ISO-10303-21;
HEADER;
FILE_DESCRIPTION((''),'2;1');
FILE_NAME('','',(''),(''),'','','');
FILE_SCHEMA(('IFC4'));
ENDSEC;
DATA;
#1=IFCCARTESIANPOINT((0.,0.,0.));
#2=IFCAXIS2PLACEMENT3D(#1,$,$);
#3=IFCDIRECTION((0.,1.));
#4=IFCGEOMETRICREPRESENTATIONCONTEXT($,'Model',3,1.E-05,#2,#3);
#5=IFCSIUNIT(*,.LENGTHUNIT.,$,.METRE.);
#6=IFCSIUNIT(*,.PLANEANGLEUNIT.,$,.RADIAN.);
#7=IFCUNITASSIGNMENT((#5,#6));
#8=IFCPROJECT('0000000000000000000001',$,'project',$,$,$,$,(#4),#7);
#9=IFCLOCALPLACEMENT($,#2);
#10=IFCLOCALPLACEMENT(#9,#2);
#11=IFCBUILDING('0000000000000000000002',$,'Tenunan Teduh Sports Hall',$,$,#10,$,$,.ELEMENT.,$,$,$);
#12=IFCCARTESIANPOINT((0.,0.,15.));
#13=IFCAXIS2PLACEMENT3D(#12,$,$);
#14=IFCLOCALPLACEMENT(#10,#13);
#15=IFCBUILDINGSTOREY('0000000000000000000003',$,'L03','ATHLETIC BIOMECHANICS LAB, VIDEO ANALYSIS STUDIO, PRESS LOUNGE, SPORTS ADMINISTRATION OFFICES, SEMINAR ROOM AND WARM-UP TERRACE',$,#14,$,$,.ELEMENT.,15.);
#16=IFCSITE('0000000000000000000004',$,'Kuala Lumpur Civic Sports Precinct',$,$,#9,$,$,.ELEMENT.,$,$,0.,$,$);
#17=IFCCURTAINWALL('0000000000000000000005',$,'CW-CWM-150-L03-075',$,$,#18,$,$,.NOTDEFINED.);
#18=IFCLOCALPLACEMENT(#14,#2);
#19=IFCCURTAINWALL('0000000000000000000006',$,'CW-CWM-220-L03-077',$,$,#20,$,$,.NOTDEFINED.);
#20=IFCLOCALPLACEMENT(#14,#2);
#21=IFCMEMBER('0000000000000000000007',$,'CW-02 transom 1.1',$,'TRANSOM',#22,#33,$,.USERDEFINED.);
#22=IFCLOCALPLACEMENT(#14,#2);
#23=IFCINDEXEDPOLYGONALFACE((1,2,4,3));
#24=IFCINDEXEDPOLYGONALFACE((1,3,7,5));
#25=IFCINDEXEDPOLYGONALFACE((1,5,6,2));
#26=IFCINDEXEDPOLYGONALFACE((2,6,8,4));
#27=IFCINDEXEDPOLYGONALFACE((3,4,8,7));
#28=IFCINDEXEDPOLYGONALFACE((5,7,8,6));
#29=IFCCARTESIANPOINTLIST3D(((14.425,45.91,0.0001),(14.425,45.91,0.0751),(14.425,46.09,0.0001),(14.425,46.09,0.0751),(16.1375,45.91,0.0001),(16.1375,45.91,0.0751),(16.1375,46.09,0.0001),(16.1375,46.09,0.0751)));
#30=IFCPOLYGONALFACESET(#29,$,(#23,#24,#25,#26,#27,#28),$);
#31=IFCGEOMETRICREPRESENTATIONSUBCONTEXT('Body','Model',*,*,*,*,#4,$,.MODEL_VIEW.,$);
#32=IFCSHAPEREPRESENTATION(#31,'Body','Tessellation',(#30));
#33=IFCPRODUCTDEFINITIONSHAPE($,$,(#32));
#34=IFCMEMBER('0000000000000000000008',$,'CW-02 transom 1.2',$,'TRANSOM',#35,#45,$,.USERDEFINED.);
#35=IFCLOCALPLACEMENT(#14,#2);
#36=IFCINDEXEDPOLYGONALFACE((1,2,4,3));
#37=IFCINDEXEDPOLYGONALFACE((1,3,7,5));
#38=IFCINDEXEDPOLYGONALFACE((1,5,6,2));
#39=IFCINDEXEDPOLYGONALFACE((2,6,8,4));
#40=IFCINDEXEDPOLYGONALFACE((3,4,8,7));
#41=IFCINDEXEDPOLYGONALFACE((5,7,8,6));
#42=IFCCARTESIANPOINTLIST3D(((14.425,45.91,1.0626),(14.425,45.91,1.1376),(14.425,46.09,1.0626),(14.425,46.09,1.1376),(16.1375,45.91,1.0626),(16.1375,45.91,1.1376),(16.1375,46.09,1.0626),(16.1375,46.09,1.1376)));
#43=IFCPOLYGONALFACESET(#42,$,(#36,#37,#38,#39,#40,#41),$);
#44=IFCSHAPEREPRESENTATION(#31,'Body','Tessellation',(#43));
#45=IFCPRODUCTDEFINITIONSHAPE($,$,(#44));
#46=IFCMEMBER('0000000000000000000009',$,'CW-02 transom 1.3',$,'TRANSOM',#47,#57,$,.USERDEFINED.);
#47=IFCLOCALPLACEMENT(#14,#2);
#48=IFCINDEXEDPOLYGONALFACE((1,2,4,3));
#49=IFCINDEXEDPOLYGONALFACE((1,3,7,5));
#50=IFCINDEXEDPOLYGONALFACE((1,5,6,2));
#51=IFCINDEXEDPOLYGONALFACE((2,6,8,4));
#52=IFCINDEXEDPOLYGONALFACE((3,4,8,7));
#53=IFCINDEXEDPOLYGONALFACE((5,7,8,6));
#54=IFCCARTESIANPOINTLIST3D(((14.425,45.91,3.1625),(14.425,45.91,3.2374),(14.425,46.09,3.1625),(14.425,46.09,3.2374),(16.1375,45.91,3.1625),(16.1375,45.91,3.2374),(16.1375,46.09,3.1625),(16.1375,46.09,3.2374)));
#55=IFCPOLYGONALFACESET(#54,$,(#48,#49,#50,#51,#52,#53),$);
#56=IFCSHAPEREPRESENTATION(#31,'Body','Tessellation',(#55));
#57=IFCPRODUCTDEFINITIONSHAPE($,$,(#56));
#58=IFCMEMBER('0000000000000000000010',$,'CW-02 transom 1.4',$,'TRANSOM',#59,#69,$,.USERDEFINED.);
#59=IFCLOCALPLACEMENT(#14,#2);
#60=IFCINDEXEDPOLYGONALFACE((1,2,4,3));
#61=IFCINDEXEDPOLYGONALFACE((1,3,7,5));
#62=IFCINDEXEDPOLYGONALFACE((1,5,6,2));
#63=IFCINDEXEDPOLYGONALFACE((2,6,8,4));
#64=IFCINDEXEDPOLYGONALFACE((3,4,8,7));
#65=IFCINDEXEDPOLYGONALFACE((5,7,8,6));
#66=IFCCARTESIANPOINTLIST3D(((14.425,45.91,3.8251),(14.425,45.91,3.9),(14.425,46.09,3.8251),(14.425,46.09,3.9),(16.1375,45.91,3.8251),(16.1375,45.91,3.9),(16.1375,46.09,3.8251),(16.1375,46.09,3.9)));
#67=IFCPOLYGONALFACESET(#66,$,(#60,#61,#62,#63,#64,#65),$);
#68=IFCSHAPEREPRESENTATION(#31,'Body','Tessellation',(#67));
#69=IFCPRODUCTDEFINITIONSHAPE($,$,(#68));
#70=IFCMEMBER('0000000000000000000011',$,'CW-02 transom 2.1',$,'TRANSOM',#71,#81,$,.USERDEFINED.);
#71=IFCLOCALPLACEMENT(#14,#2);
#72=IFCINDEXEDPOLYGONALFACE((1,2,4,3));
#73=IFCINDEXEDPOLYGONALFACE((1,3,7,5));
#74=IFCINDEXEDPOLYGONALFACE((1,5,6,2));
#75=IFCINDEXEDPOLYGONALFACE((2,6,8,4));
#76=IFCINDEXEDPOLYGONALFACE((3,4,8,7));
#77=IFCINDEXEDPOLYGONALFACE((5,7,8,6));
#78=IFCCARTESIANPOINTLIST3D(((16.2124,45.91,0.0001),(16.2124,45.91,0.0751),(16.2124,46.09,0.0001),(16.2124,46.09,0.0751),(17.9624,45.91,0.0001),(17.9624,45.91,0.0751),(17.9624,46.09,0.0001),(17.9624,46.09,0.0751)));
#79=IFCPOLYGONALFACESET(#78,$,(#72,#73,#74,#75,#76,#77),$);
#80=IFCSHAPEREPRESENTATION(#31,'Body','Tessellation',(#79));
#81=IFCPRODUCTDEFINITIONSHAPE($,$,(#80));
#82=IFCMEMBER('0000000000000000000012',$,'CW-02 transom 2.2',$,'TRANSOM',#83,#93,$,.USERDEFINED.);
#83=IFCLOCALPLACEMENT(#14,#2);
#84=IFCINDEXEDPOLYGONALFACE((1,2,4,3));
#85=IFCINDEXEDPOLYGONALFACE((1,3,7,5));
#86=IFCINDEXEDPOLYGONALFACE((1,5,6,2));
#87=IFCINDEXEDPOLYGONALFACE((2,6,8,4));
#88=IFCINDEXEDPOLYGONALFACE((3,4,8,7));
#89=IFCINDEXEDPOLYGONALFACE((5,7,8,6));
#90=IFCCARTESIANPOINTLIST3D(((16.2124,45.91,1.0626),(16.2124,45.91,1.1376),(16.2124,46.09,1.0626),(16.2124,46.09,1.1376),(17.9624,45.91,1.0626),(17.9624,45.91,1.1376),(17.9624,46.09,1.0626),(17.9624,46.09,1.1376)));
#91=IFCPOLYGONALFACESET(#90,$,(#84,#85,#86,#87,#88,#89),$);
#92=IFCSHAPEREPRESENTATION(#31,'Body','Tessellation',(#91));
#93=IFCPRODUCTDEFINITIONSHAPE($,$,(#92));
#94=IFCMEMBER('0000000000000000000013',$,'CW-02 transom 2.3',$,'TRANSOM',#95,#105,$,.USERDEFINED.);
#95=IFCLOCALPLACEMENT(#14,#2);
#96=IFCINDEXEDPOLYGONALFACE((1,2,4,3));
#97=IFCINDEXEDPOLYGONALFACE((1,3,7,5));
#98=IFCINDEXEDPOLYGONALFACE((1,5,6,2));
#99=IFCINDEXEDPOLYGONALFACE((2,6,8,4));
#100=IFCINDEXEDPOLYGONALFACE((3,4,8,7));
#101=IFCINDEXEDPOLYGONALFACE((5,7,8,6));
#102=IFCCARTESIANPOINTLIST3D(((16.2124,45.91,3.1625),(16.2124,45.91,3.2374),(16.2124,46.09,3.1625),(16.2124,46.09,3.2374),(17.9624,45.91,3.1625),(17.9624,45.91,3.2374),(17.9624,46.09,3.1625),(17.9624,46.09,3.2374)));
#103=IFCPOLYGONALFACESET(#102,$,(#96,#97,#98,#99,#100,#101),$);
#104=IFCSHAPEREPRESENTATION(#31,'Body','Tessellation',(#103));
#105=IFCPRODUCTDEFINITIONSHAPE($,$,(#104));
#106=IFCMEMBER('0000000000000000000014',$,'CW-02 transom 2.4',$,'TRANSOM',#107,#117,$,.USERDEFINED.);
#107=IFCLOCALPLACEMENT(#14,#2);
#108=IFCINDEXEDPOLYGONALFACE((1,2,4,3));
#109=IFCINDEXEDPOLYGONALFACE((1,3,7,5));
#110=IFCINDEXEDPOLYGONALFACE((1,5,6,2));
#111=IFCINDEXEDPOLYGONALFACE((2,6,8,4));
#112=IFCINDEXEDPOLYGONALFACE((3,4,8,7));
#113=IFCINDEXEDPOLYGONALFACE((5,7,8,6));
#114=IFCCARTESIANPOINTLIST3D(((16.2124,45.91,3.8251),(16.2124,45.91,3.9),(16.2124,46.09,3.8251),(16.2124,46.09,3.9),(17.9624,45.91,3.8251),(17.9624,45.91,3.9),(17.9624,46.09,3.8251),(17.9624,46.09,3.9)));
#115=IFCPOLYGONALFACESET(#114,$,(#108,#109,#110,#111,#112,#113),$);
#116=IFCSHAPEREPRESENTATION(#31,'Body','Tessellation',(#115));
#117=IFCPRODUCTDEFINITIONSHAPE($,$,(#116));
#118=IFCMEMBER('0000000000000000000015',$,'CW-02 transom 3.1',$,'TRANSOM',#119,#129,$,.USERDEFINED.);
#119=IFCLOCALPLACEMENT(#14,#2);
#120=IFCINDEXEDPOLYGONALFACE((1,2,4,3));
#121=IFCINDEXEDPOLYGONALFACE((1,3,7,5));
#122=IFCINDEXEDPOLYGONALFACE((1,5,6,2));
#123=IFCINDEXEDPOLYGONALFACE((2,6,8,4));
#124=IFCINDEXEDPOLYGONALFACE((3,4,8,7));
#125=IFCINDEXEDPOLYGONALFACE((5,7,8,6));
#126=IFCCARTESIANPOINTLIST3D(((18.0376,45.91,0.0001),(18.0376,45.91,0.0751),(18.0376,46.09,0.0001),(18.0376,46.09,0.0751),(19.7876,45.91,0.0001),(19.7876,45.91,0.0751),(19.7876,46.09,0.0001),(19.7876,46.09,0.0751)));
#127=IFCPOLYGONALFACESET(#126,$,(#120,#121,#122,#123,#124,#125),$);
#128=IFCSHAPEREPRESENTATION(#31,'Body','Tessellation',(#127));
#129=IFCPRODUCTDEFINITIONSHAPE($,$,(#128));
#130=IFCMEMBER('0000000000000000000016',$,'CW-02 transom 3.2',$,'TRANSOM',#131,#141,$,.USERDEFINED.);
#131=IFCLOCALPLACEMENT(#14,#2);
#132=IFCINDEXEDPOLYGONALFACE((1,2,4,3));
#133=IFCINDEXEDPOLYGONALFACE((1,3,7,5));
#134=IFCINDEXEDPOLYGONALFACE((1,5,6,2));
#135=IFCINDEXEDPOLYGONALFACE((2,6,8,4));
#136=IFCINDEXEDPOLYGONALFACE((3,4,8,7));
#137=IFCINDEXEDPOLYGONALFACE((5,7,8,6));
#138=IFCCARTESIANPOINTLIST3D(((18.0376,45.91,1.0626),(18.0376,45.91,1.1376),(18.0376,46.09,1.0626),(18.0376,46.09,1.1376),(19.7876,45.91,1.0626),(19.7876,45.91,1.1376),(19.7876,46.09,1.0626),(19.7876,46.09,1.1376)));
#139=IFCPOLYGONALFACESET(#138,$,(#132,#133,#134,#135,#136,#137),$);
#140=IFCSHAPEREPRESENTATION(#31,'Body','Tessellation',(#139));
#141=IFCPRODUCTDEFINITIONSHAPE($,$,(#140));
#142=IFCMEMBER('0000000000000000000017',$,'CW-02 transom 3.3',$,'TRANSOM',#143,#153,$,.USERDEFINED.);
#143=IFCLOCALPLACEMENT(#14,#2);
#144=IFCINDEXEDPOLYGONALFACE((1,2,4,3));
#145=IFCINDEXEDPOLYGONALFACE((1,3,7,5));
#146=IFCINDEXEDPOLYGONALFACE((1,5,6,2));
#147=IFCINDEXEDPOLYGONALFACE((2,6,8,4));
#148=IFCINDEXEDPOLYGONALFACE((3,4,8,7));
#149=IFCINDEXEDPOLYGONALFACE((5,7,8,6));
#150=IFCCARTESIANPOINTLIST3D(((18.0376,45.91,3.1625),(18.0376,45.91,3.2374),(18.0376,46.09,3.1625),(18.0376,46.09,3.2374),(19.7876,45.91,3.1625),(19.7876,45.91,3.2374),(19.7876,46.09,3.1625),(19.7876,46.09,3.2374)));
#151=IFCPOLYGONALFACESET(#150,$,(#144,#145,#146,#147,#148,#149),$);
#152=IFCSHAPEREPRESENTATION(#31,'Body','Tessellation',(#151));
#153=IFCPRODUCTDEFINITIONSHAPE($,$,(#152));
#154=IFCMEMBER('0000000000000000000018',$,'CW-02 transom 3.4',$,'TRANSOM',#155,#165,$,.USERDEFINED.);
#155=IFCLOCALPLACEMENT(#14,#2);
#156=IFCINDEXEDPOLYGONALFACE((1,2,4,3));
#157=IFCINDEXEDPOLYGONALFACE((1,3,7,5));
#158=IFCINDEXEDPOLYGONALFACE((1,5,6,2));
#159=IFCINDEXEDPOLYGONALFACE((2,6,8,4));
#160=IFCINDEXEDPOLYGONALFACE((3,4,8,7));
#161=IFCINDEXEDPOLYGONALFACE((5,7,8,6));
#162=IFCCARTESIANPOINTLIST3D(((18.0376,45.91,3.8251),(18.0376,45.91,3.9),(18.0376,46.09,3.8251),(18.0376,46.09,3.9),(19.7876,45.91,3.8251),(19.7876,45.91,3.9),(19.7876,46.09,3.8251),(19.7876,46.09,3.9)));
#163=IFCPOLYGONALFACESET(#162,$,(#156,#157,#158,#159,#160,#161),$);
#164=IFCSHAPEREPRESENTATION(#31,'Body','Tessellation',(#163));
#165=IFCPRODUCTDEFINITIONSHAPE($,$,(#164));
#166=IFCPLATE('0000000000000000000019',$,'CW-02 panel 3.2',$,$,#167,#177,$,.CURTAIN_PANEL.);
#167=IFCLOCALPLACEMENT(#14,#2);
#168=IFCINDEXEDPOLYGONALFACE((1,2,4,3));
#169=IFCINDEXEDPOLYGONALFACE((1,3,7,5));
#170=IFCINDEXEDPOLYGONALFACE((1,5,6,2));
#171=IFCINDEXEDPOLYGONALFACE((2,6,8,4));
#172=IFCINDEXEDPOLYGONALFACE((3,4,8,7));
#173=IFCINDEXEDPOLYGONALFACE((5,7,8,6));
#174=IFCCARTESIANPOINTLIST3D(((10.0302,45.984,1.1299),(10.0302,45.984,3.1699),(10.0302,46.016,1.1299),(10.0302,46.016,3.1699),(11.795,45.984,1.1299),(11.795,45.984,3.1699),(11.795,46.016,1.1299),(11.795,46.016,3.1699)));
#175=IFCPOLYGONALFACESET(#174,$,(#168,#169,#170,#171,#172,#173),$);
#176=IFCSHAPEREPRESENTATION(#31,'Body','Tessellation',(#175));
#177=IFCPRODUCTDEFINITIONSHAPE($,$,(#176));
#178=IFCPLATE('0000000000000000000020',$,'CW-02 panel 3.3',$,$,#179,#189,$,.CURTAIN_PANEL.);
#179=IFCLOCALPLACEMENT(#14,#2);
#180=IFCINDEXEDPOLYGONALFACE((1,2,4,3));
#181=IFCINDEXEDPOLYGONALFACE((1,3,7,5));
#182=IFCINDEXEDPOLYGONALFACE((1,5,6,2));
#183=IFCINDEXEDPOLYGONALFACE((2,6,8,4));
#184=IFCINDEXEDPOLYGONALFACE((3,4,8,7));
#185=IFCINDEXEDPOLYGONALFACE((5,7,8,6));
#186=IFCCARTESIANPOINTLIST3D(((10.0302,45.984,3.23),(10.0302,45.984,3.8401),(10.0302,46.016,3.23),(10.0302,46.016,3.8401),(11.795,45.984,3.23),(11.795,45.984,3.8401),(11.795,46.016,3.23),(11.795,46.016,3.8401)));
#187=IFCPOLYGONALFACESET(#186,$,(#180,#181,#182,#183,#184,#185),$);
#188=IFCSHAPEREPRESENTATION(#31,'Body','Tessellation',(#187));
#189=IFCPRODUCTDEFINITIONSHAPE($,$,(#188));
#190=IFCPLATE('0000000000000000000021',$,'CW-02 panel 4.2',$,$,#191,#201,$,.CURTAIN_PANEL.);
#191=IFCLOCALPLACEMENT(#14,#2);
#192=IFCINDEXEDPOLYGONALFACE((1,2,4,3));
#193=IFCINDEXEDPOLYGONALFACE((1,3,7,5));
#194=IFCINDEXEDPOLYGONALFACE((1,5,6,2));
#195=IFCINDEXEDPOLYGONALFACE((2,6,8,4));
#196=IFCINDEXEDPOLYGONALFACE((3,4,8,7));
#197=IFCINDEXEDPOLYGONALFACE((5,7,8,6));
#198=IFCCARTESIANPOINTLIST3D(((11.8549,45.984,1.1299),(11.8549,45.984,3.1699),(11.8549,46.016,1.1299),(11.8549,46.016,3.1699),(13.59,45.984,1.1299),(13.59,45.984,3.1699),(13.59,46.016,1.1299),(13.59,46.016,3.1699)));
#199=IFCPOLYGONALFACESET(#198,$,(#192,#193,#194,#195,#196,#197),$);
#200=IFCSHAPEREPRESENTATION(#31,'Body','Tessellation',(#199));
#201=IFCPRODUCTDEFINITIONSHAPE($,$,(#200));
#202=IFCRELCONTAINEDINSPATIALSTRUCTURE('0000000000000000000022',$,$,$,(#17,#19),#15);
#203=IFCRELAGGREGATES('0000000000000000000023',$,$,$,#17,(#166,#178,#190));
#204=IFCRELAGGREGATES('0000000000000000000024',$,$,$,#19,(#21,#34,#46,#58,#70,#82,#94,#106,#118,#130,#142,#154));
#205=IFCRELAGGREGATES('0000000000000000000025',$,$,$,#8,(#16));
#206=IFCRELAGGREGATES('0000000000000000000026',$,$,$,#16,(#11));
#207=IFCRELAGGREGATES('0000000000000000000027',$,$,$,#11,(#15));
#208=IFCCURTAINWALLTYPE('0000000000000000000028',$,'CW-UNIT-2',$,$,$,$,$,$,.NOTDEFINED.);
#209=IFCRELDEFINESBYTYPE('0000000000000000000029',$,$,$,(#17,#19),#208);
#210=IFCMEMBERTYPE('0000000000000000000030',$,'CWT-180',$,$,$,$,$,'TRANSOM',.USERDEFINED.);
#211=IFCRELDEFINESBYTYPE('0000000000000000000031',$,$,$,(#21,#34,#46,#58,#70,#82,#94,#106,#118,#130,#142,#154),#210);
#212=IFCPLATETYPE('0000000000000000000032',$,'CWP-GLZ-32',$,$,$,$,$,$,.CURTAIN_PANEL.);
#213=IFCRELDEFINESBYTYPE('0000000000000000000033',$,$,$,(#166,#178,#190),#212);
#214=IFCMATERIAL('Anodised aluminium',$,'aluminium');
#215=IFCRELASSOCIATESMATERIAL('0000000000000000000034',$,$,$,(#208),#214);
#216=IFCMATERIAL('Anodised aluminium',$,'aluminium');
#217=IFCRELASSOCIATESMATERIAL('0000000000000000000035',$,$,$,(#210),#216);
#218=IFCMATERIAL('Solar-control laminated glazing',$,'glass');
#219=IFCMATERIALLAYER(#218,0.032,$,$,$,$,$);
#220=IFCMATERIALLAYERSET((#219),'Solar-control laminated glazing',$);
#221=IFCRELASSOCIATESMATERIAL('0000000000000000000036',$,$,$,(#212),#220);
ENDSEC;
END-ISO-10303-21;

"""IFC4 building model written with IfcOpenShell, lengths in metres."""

from ifc_helpers import new_model, si_unit, direction, frame, origin, origin_2d, place, context, subcontext, project, spatial, rectangle, extrude, material, layer, layer_set, material_profile, profile_set, type_object, element, aggregate, save


model = new_model("IFC4")

# Units and contexts
model_context = context("Model", 3, precision=1e-05, world=origin(), true_north=direction((0.0, 1.0)))
body_context = subcontext(model_context, "Body", "Model", "MODEL_VIEW")
ifc_project = project(units=[si_unit("LENGTHUNIT", "METRE"), si_unit("PLANEANGLEUNIT", "RADIAN")], contexts=[model_context])

# Site, building, storey
site_placement = place(None, origin())
site = spatial("IfcSite", under=ifc_project, at=site_placement, Name="Kuala Lumpur Civic Sports Precinct", CompositionType="ELEMENT", RefElevation=0.0)
building_placement = place(site_placement, origin())
building = spatial("IfcBuilding", under=site, at=building_placement, Name="Tenunan Teduh Sports Hall", CompositionType="ELEMENT")
storey_placement = place(building_placement, frame((0.0, 0.0, 15.0)))
storey = spatial("IfcBuildingStorey", under=building, at=storey_placement, Name="L03", Description="ATHLETIC BIOMECHANICS LAB, VIDEO ANALYSIS STUDIO, PRESS LOUNGE, SPORTS ADMINISTRATION OFFICES, SEMINAR ROOM AND WARM-UP TERRACE", CompositionType="ELEMENT", Elevation=15.0)

# Curtain walls
ifc_material_1 = material(Name="Anodised aluminium", Category="aluminium")
curtain_wall_type = type_object("IfcCurtainWallType", Name="CW-UNIT-2", PredefinedType="NOTDEFINED", material=ifc_material_1)
curtain_wall_1_placement = place(storey_placement, origin())
curtain_wall_1 = element("IfcCurtainWall", 1, at=curtain_wall_1_placement, inside=storey, type_object=curtain_wall_type, Name="CW-CWM-150-L03-075", PredefinedType="NOTDEFINED")
curtain_wall_2_placement = place(storey_placement, origin())
curtain_wall_2 = element("IfcCurtainWall", 2, at=curtain_wall_2_placement, inside=storey, type_object=curtain_wall_type, Name="CW-CWM-220-L03-077", PredefinedType="NOTDEFINED")

# Members
ifc_material_2 = material(Name="Anodised aluminium", Category="aluminium")
ifc_material_profile_1 = material_profile(ifc_material_2, rectangle(XDim=0.075, YDim=0.1799, at=origin_2d()), Name="CWT 75x180")
ifc_profile_set_1 = profile_set([ifc_material_profile_1], Name="Anodised aluminium")
member_type_1 = type_object("IfcMemberType", Name="CWT-180", ElementType="TRANSOM", PredefinedType="USERDEFINED", material=ifc_profile_set_1)
member_1_placement = place(storey_placement, frame((14.425, 46.0, 0.0376), z_axis=(1.0, 0.0, 0.0), x_axis=(0.0, 0.0, 1.0)))
member_1 = element("IfcMember", 3, at=member_1_placement, type_object=member_type_1, Name="CW-02 transom 1.1", ObjectType="TRANSOM", PredefinedType="USERDEFINED", context=body_context, shape_type="SweptSolid", body=[
    extrude(rectangle(XDim=0.075, YDim=0.1799, at=origin_2d()), origin(), (0.0, 0.0, 1.0), 1.7124),
])
member_2_placement = place(storey_placement, frame((14.425, 46.0, 1.1001), z_axis=(1.0, 0.0, 0.0), x_axis=(0.0, 0.0, 1.0)))
member_2 = element("IfcMember", 4, at=member_2_placement, type_object=member_type_1, Name="CW-02 transom 1.2", ObjectType="TRANSOM", PredefinedType="USERDEFINED", context=body_context, shape_type="SweptSolid", body=[
    extrude(rectangle(XDim=0.075, YDim=0.1799, at=origin_2d()), origin(), (0.0, 0.0, 1.0), 1.7124),
])
member_3_placement = place(storey_placement, frame((14.425, 46.0, 3.2), z_axis=(1.0, 0.0, 0.0), x_axis=(0.0, 0.0, 1.0)))
member_3 = element("IfcMember", 5, at=member_3_placement, type_object=member_type_1, Name="CW-02 transom 1.3", ObjectType="TRANSOM", PredefinedType="USERDEFINED", context=body_context, shape_type="SweptSolid", body=[
    extrude(rectangle(XDim=0.075, YDim=0.1799, at=origin_2d()), origin(), (0.0, 0.0, 1.0), 1.7124),
])
member_4_placement = place(storey_placement, frame((14.425, 46.0, 3.8625), z_axis=(1.0, 0.0, 0.0), x_axis=(0.0, 0.0, 1.0)))
member_4 = element("IfcMember", 6, at=member_4_placement, type_object=member_type_1, Name="CW-02 transom 1.4", ObjectType="TRANSOM", PredefinedType="USERDEFINED", context=body_context, shape_type="SweptSolid", body=[
    extrude(rectangle(XDim=0.075, YDim=0.1799, at=origin_2d()), origin(), (0.0, 0.0, 1.0), 1.7124),
])
member_5_placement = place(storey_placement, frame((16.2124, 46.0, 0.0376), z_axis=(1.0, 0.0, 0.0), x_axis=(0.0, 0.0, 1.0)))
member_5 = element("IfcMember", 7, at=member_5_placement, type_object=member_type_1, Name="CW-02 transom 2.1", ObjectType="TRANSOM", PredefinedType="USERDEFINED", context=body_context, shape_type="SweptSolid", body=[
    extrude(rectangle(XDim=0.075, YDim=0.1799, at=origin_2d()), origin(), (0.0, 0.0, 1.0), 1.75),
])
member_6_placement = place(storey_placement, frame((16.2124, 46.0, 1.1001), z_axis=(1.0, 0.0, 0.0), x_axis=(0.0, 0.0, 1.0)))
member_6 = element("IfcMember", 8, at=member_6_placement, type_object=member_type_1, Name="CW-02 transom 2.2", ObjectType="TRANSOM", PredefinedType="USERDEFINED", context=body_context, shape_type="SweptSolid", body=[
    extrude(rectangle(XDim=0.075, YDim=0.1799, at=origin_2d()), origin(), (0.0, 0.0, 1.0), 1.75),
])
member_7_placement = place(storey_placement, frame((16.2124, 46.0, 3.2), z_axis=(1.0, 0.0, 0.0), x_axis=(0.0, 0.0, 1.0)))
member_7 = element("IfcMember", 9, at=member_7_placement, type_object=member_type_1, Name="CW-02 transom 2.3", ObjectType="TRANSOM", PredefinedType="USERDEFINED", context=body_context, shape_type="SweptSolid", body=[
    extrude(rectangle(XDim=0.075, YDim=0.1799, at=origin_2d()), origin(), (0.0, 0.0, 1.0), 1.75),
])
member_8_placement = place(storey_placement, frame((16.2124, 46.0, 3.8625), z_axis=(1.0, 0.0, 0.0), x_axis=(0.0, 0.0, 1.0)))
member_8 = element("IfcMember", 10, at=member_8_placement, type_object=member_type_1, Name="CW-02 transom 2.4", ObjectType="TRANSOM", PredefinedType="USERDEFINED", context=body_context, shape_type="SweptSolid", body=[
    extrude(rectangle(XDim=0.075, YDim=0.1799, at=origin_2d()), origin(), (0.0, 0.0, 1.0), 1.75),
])
member_9_placement = place(storey_placement, frame((18.0376, 46.0, 0.0376), z_axis=(1.0, 0.0, 0.0), x_axis=(0.0, 0.0, 1.0)))
member_9 = element("IfcMember", 11, at=member_9_placement, type_object=member_type_1, Name="CW-02 transom 3.1", ObjectType="TRANSOM", PredefinedType="USERDEFINED", context=body_context, shape_type="SweptSolid", body=[
    extrude(rectangle(XDim=0.075, YDim=0.1799, at=origin_2d()), origin(), (0.0, 0.0, 1.0), 1.75),
])
member_10_placement = place(storey_placement, frame((18.0376, 46.0, 1.1001), z_axis=(1.0, 0.0, 0.0), x_axis=(0.0, 0.0, 1.0)))
member_10 = element("IfcMember", 12, at=member_10_placement, type_object=member_type_1, Name="CW-02 transom 3.2", ObjectType="TRANSOM", PredefinedType="USERDEFINED", context=body_context, shape_type="SweptSolid", body=[
    extrude(rectangle(XDim=0.075, YDim=0.1799, at=origin_2d()), origin(), (0.0, 0.0, 1.0), 1.75),
])
member_11_placement = place(storey_placement, frame((18.0376, 46.0, 3.2), z_axis=(1.0, 0.0, 0.0), x_axis=(0.0, 0.0, 1.0)))
member_11 = element("IfcMember", 13, at=member_11_placement, type_object=member_type_1, Name="CW-02 transom 3.3", ObjectType="TRANSOM", PredefinedType="USERDEFINED", context=body_context, shape_type="SweptSolid", body=[
    extrude(rectangle(XDim=0.075, YDim=0.1799, at=origin_2d()), origin(), (0.0, 0.0, 1.0), 1.75),
])
member_12_placement = place(storey_placement, frame((18.0376, 46.0, 3.8625), z_axis=(1.0, 0.0, 0.0), x_axis=(0.0, 0.0, 1.0)))
member_12 = element("IfcMember", 14, at=member_12_placement, type_object=member_type_1, Name="CW-02 transom 3.4", ObjectType="TRANSOM", PredefinedType="USERDEFINED", context=body_context, shape_type="SweptSolid", body=[
    extrude(rectangle(XDim=0.075, YDim=0.1799, at=origin_2d()), origin(), (0.0, 0.0, 1.0), 1.75),
])

# Plates
ifc_material_3 = material(Name="Solar-control laminated glazing", Category="glass")
ifc_layer_1 = layer(ifc_material_3, 0.032)
ifc_layer_set_1 = layer_set([ifc_layer_1], Name="Solar-control laminated glazing")
plate_type_1 = type_object("IfcPlateType", Name="CWP-GLZ-32", PredefinedType="CURTAIN_PANEL", material=ifc_layer_set_1)
plate_1_placement = place(storey_placement, frame((10.9126, 46.0, 1.1299), z_axis=(0.0, 0.0, 1.0), x_axis=(1.0, 0.0, 0.0)))
plate_1 = element("IfcPlate", 15, at=plate_1_placement, type_object=plate_type_1, Name="CW-02 panel 3.2", PredefinedType="CURTAIN_PANEL", context=body_context, shape_type="SweptSolid", body=[
    extrude(rectangle(XDim=1.7649, YDim=0.032, at=origin_2d()), origin(), (0.0, 0.0, 1.0), 2.04),
])
plate_2_placement = place(storey_placement, frame((10.9126, 46.0, 3.23), z_axis=(0.0, 0.0, 1.0), x_axis=(1.0, 0.0, 0.0)))
plate_2 = element("IfcPlate", 16, at=plate_2_placement, type_object=plate_type_1, Name="CW-02 panel 3.3", PredefinedType="CURTAIN_PANEL", context=body_context, shape_type="SweptSolid", body=[
    extrude(rectangle(XDim=1.7649, YDim=0.032, at=origin_2d()), origin(), (0.0, 0.0, 1.0), 0.6101),
])
plate_3_placement = place(storey_placement, frame((12.7224, 46.0, 1.1299), z_axis=(0.0, 0.0, 1.0), x_axis=(1.0, 0.0, 0.0)))
plate_3 = element("IfcPlate", 17, at=plate_3_placement, type_object=plate_type_1, Name="CW-02 panel 4.2", PredefinedType="CURTAIN_PANEL", context=body_context, shape_type="SweptSolid", body=[
    extrude(rectangle(XDim=1.7351, YDim=0.032, at=origin_2d()), origin(), (0.0, 0.0, 1.0), 2.04),
])
aggregate(curtain_wall_1, [plate_1, plate_2, plate_3])
aggregate(curtain_wall_2, [member_1, member_2, member_3, member_4, member_5, member_6, member_7, member_8, member_9, member_10, member_11, member_12])

save(model, "model.ifc")
